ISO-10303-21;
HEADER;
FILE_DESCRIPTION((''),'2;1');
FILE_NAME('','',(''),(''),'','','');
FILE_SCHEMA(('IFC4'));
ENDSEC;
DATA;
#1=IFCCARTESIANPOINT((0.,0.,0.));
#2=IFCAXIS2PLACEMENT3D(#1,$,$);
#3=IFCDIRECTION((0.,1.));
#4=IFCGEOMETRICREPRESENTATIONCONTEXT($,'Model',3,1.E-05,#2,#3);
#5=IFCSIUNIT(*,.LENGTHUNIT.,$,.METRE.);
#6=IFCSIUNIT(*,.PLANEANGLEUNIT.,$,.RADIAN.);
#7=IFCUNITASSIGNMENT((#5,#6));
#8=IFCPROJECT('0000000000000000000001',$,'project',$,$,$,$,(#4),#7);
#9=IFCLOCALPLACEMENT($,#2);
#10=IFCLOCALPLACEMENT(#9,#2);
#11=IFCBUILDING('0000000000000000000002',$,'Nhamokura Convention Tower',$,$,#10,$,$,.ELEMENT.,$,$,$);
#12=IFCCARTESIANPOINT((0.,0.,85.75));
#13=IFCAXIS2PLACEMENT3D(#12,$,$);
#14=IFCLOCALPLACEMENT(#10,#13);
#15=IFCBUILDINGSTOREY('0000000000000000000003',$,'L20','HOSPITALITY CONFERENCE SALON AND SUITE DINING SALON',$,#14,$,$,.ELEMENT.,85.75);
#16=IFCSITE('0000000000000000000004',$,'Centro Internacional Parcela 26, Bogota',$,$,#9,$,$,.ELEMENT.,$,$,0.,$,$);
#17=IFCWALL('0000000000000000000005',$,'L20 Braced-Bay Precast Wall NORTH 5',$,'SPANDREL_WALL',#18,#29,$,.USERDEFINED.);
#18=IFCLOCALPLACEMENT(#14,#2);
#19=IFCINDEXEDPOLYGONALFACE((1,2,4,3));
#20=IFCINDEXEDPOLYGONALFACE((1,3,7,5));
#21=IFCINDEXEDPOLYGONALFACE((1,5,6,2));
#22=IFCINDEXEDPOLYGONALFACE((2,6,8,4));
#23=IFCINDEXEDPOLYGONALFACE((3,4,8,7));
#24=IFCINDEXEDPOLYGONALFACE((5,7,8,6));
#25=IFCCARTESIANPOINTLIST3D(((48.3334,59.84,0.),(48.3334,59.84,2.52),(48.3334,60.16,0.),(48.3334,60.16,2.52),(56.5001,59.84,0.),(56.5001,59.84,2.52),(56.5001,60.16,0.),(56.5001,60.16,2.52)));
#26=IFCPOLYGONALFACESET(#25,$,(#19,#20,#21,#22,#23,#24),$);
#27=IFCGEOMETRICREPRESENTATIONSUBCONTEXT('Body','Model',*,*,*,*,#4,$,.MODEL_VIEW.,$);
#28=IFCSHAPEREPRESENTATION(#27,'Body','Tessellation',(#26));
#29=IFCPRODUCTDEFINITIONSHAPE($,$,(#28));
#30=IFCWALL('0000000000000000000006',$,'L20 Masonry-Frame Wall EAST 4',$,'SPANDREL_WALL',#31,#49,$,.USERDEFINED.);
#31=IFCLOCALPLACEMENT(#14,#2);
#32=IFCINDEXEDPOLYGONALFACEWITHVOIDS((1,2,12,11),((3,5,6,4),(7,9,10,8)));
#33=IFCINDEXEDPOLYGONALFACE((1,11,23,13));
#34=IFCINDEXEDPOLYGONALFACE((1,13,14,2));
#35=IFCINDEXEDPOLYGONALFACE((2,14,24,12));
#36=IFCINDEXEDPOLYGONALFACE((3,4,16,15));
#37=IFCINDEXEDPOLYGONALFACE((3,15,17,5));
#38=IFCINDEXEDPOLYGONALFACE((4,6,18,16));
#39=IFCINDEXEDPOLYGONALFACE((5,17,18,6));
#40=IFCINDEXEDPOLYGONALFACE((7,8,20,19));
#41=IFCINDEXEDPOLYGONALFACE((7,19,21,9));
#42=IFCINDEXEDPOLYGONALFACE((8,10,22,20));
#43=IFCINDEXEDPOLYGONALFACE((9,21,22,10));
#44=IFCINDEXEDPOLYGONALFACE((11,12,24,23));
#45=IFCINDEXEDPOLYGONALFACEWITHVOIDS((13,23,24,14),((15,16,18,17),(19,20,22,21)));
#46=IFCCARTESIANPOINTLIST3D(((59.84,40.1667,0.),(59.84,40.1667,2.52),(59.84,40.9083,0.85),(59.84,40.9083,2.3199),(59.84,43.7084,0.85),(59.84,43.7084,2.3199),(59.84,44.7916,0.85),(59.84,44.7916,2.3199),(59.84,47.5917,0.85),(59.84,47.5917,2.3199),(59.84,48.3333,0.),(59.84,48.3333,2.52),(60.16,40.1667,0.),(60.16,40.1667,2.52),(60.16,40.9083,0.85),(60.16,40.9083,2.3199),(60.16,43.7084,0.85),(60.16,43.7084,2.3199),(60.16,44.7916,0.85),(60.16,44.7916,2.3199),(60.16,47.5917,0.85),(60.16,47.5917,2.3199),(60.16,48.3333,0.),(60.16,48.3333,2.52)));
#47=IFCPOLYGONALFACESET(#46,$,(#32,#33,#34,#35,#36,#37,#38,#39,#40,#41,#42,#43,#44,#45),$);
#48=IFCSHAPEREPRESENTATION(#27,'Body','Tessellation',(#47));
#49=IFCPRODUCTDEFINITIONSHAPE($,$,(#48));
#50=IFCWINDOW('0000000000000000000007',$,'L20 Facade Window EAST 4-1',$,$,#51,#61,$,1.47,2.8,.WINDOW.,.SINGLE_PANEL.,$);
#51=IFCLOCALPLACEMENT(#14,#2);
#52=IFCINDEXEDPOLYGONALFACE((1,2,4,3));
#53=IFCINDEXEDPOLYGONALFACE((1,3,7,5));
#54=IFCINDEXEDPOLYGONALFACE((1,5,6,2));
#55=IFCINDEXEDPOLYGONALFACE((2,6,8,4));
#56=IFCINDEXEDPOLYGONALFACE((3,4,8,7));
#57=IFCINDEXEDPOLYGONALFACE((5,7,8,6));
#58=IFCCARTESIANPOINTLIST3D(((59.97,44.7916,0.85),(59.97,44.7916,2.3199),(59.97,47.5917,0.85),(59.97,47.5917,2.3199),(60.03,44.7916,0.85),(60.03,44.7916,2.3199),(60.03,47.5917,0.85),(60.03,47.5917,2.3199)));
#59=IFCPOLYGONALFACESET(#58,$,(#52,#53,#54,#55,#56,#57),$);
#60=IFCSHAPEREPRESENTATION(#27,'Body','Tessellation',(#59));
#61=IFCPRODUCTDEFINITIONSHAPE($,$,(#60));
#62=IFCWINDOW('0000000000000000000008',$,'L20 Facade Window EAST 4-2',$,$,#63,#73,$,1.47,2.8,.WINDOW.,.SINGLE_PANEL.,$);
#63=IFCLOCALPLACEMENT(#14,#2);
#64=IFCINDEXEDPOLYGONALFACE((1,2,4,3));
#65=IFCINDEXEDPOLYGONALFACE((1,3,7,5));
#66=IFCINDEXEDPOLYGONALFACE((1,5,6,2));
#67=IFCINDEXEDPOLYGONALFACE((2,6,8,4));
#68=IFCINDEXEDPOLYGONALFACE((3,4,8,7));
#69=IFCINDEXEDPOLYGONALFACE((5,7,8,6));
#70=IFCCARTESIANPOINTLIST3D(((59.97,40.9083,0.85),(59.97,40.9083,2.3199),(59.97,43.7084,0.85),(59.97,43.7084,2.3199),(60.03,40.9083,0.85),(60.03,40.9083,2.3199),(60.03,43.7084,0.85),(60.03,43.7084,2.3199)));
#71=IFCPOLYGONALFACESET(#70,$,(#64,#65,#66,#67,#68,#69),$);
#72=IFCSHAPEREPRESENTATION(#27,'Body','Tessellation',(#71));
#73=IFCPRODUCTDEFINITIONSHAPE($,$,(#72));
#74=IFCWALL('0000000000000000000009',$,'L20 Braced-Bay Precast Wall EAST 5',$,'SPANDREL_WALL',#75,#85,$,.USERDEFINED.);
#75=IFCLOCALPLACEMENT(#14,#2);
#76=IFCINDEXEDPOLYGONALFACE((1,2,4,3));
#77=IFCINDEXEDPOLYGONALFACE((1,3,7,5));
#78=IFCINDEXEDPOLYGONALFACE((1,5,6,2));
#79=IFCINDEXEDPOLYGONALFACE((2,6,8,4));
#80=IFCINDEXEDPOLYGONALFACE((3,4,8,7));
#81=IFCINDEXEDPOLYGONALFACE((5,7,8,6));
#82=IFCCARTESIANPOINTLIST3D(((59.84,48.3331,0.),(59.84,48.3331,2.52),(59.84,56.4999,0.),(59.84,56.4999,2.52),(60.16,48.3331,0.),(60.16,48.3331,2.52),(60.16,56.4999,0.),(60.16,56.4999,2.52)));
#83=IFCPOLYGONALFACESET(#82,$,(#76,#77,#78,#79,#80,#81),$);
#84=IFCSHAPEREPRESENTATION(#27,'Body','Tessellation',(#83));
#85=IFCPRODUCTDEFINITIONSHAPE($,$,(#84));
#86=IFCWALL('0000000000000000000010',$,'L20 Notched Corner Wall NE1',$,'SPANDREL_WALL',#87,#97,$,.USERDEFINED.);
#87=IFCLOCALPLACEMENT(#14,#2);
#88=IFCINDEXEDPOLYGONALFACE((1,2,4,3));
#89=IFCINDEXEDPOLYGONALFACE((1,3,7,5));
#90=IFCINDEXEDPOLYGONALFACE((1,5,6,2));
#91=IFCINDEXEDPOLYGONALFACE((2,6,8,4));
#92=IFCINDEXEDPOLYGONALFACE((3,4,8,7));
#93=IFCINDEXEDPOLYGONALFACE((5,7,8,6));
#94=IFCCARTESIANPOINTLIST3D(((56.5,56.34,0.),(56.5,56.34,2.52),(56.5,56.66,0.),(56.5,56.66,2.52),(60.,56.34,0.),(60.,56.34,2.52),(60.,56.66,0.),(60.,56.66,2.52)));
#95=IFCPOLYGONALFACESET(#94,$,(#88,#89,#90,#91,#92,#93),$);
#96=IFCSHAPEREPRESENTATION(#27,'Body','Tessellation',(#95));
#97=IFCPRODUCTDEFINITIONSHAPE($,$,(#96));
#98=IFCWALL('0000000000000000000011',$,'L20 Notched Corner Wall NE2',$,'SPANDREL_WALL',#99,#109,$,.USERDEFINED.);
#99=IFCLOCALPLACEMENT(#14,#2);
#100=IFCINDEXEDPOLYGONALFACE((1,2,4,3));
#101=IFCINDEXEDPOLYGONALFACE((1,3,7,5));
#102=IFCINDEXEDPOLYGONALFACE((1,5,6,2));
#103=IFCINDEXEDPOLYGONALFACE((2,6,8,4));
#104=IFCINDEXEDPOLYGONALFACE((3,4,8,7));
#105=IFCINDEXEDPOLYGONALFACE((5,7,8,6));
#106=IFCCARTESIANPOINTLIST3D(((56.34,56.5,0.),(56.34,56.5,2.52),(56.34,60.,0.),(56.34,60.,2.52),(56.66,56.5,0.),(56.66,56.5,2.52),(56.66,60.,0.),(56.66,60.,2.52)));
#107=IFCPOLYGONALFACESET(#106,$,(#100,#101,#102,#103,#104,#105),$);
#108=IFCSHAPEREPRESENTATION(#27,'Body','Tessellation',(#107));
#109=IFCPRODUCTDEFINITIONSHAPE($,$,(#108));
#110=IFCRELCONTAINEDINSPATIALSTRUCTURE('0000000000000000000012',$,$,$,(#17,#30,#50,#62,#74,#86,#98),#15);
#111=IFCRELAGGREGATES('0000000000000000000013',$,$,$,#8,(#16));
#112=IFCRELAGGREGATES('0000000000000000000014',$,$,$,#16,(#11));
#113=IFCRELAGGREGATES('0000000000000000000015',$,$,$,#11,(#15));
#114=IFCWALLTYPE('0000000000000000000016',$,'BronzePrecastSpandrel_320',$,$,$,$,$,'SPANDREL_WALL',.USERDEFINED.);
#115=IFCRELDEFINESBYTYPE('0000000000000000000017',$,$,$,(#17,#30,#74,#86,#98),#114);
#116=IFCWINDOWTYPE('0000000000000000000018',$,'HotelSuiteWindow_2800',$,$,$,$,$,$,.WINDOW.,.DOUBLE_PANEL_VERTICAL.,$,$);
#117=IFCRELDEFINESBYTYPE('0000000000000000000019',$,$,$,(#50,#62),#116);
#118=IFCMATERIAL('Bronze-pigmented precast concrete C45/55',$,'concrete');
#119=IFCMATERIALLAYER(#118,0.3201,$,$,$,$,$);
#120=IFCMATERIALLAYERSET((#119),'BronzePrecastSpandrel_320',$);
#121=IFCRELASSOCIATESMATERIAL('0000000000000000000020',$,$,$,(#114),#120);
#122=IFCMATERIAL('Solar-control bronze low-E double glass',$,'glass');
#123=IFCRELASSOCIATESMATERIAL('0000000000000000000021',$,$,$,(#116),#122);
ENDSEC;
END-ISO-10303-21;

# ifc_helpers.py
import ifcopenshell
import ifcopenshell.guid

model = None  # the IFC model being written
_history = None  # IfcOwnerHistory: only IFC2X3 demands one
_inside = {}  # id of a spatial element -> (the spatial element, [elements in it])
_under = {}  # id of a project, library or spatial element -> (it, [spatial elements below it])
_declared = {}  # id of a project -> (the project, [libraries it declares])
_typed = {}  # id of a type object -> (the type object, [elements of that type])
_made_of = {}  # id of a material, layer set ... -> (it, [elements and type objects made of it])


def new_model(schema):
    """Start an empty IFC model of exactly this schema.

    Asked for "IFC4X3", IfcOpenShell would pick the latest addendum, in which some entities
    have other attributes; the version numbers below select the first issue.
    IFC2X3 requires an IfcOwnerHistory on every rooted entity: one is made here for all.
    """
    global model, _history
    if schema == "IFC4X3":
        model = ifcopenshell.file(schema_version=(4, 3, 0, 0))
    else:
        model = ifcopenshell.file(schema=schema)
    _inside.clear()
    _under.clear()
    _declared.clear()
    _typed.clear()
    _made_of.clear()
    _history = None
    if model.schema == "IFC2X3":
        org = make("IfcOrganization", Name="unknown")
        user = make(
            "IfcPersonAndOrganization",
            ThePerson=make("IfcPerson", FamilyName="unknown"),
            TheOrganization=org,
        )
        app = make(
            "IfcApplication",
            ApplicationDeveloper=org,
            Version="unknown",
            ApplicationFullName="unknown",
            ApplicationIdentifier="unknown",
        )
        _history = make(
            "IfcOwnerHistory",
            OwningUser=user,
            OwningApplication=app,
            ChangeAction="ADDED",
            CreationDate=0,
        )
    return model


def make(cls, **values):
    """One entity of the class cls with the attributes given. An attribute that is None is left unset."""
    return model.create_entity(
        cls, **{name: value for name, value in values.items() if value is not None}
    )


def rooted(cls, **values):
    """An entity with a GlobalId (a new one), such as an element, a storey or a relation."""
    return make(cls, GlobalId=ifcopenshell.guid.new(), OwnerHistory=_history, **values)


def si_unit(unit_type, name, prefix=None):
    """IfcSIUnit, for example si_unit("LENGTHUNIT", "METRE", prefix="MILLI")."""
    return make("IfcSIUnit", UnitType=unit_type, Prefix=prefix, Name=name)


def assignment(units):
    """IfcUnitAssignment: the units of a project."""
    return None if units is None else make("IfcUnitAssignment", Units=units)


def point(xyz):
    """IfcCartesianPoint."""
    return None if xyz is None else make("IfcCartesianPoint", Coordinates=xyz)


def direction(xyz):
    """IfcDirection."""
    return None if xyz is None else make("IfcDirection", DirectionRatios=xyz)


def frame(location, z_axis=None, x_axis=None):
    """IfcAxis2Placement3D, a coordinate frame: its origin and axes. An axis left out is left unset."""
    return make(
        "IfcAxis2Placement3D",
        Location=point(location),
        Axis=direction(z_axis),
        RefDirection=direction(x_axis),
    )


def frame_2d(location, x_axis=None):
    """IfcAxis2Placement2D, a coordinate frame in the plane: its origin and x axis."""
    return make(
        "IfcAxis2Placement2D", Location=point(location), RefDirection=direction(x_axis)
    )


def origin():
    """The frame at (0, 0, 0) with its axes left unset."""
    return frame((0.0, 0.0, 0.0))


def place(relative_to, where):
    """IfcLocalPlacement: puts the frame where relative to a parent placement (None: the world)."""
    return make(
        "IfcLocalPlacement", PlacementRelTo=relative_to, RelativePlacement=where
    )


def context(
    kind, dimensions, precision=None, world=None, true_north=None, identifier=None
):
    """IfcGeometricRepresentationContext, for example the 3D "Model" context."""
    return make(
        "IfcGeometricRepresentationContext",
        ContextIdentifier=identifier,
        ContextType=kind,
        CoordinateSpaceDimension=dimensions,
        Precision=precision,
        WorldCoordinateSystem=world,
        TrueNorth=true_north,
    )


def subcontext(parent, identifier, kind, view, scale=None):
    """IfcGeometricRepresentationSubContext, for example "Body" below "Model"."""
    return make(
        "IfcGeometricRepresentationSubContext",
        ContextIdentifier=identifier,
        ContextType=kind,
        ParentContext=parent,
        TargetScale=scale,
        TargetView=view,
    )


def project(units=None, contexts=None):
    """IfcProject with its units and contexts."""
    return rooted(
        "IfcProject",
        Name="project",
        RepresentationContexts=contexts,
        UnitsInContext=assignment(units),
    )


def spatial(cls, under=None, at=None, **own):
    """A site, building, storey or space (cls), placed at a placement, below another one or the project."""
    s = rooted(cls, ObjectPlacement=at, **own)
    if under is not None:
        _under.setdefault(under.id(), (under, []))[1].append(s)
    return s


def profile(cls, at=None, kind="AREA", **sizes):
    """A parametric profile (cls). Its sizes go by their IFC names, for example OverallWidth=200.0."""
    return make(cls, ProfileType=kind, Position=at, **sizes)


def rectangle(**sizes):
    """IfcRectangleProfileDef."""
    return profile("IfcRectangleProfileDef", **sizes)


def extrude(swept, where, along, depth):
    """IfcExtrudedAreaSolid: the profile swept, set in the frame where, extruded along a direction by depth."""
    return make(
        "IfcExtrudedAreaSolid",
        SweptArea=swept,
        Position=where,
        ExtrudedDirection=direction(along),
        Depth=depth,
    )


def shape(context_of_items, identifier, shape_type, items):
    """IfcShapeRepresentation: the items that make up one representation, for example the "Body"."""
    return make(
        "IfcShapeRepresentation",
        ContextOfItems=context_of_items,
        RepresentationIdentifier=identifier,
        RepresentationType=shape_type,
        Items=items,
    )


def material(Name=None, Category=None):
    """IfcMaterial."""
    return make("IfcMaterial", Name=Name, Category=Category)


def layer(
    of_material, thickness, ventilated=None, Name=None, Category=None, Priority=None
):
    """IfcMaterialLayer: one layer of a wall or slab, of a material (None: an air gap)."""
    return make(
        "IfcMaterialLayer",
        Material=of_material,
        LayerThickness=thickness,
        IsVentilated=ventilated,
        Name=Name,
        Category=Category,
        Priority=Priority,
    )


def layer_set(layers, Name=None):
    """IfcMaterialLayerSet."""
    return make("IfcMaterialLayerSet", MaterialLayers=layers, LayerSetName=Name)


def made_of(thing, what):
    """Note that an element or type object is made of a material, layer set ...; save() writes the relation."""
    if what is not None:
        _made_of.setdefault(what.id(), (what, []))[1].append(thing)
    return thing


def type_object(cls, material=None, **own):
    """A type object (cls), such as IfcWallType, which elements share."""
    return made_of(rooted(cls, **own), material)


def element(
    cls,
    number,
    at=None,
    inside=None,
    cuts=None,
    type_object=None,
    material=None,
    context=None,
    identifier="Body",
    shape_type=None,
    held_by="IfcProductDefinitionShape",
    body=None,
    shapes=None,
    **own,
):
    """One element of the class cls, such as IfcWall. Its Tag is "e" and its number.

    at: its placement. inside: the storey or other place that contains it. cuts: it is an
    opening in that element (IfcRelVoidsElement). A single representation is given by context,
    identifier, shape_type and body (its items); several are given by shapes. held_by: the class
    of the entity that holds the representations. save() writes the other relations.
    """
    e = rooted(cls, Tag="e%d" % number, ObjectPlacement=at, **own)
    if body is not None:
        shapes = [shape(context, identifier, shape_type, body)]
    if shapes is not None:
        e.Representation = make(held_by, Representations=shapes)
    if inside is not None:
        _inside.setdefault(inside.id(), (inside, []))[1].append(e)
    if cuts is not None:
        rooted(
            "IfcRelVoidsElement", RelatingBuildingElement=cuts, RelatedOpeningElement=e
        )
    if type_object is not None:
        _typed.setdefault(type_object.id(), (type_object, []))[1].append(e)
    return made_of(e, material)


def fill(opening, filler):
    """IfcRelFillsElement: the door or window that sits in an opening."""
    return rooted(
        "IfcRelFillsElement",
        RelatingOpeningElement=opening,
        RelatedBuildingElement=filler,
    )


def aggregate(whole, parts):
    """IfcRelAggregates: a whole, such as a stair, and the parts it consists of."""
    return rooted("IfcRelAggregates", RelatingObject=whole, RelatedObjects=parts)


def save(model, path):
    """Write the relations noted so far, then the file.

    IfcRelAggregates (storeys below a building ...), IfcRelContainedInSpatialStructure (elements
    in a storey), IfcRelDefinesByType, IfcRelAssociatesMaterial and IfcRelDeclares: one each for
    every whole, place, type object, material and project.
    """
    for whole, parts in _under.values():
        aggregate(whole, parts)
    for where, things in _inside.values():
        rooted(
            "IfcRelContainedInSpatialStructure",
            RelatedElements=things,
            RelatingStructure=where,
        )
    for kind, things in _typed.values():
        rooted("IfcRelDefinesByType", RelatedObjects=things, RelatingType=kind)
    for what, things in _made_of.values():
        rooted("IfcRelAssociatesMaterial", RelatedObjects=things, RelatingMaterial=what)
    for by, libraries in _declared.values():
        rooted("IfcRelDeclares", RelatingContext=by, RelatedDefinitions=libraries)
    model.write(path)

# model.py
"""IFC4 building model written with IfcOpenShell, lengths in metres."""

from ifc_helpers import new_model, si_unit, direction, frame, frame_2d, origin, place, context, subcontext, project, spatial, rectangle, extrude, material, layer, layer_set, type_object, element, fill, save


model = new_model("IFC4")

# Units and contexts
model_context = context("Model", 3, precision=1e-05, world=origin(), true_north=direction((0.0, 1.0)))
body_context = subcontext(model_context, "Body", "Model", "MODEL_VIEW")
ifc_project = project(units=[si_unit("LENGTHUNIT", "METRE"), si_unit("PLANEANGLEUNIT", "RADIAN")], contexts=[model_context])

# Site, building, storey
site_placement = place(None, origin())
site = spatial("IfcSite", under=ifc_project, at=site_placement, Name="Centro Internacional Parcela 26, Bogota", CompositionType="ELEMENT", RefElevation=0.0)
building_placement = place(site_placement, origin())
building = spatial("IfcBuilding", under=site, at=building_placement, Name="Nhamokura Convention Tower", CompositionType="ELEMENT")
storey_placement = place(building_placement, frame((0.0, 0.0, 85.75)))
storey = spatial("IfcBuildingStorey", under=building, at=storey_placement, Name="L20", Description="HOSPITALITY CONFERENCE SALON AND SUITE DINING SALON", CompositionType="ELEMENT", Elevation=85.75)

# Shared definitions
ifc_material_1 = material(Name="Bronze-pigmented precast concrete C45/55", Category="concrete")
ifc_layer = layer(ifc_material_1, 0.3201)
ifc_layer_set = layer_set([ifc_layer], Name="BronzePrecastSpandrel_320")
wall_type = type_object("IfcWallType", Name="BronzePrecastSpandrel_320", ElementType="SPANDREL_WALL", PredefinedType="USERDEFINED", material=ifc_layer_set)
ifc_material_2 = material(Name="Solar-control bronze low-E double glass", Category="glass")
window_type = type_object("IfcWindowType", Name="HotelSuiteWindow_2800", PartitioningType="DOUBLE_PANEL_VERTICAL", PredefinedType="WINDOW", material=ifc_material_2)

# Wall
wall_1_placement = place(storey_placement, frame((48.3333, 60.0, 0.0), z_axis=(0.0, 0.0, 1.0), x_axis=(1.0, 0.0, 0.0)))
element("IfcWall", 1, at=wall_1_placement, inside=storey, type_object=wall_type, Name="L20 Braced-Bay Precast Wall NORTH 5", ObjectType="SPANDREL_WALL", PredefinedType="USERDEFINED", context=body_context, shape_type="SweptSolid", body=[
    extrude(rectangle(XDim=8.1667, YDim=0.3201, at=frame_2d((4.0835, 0.0))), origin(), (0.0, 0.0, 1.0), 2.52),
])

# Wall, openings, windows
wall_2_placement = place(storey_placement, frame((60.0, 48.3333, 0.0), z_axis=(0.0, 0.0, 1.0), x_axis=(0.0, -1.0, 0.0)))
wall_2 = element("IfcWall", 2, at=wall_2_placement, inside=storey, type_object=wall_type, Name="L20 Masonry-Frame Wall EAST 4", ObjectType="SPANDREL_WALL", PredefinedType="USERDEFINED", context=body_context, shape_type="SweptSolid", body=[
    extrude(rectangle(XDim=8.1665, YDim=0.3201, at=frame_2d((4.0833, 0.0))), origin(), (0.0, 0.0, 1.0), 2.52),
])
opening_1_placement = place(wall_2_placement, frame((0.7417, 0.0, 0.8501)))
opening_1 = element("IfcOpeningElement", 3, at=opening_1_placement, cuts=wall_2, PredefinedType="OPENING", context=body_context, shape_type="SweptSolid", body=[
    extrude(rectangle(XDim=2.8, YDim=1.47, at=frame_2d((1.3999, 0.7349))), frame((0.0, 0.1699, 0.0), z_axis=(0.0, -1.0, 0.0), x_axis=(1.0, 0.0, 0.0)), (0.0, 0.0, 1.0), 0.3401),
])
opening_2_placement = place(wall_2_placement, frame((4.625, 0.0, 0.8501)))
opening_2 = element("IfcOpeningElement", 4, at=opening_2_placement, cuts=wall_2, PredefinedType="OPENING", context=body_context, shape_type="SweptSolid", body=[
    extrude(rectangle(XDim=2.8, YDim=1.47, at=frame_2d((1.3999, 0.7349))), frame((0.0, 0.1699, 0.0), z_axis=(0.0, -1.0, 0.0), x_axis=(1.0, 0.0, 0.0)), (0.0, 0.0, 1.0), 0.3401),
])
window_1_placement = place(opening_1_placement, origin())
window_1 = element("IfcWindow", 5, at=window_1_placement, inside=storey, type_object=window_type, Name="L20 Facade Window EAST 4-1", OverallHeight=1.47, OverallWidth=2.8, PartitioningType="SINGLE_PANEL", PredefinedType="WINDOW", context=body_context, shape_type="SweptSolid", body=[
    extrude(rectangle(XDim=2.8, YDim=1.47, at=frame_2d((1.3999, 0.7349))), frame((0.0, 0.03, 0.0), z_axis=(0.0, -1.0, 0.0), x_axis=(1.0, 0.0, 0.0)), (0.0, 0.0, 1.0), 0.0601),
])
fill(opening_1, window_1)
window_2_placement = place(opening_2_placement, origin())
window_2 = element("IfcWindow", 6, at=window_2_placement, inside=storey, type_object=window_type, Name="L20 Facade Window EAST 4-2", OverallHeight=1.47, OverallWidth=2.8, PartitioningType="SINGLE_PANEL", PredefinedType="WINDOW", context=body_context, shape_type="SweptSolid", body=[
    extrude(rectangle(XDim=2.8, YDim=1.47, at=frame_2d((1.3999, 0.7349))), frame((0.0, 0.03, 0.0), z_axis=(0.0, -1.0, 0.0), x_axis=(1.0, 0.0, 0.0)), (0.0, 0.0, 1.0), 0.0601),
])
fill(opening_2, window_2)

# Walls
wall_3_placement = place(storey_placement, frame((60.0, 56.5, 0.0), z_axis=(0.0, 0.0, 1.0), x_axis=(0.0, -1.0, 0.0)))
element("IfcWall", 7, at=wall_3_placement, inside=storey, type_object=wall_type, Name="L20 Braced-Bay Precast Wall EAST 5", ObjectType="SPANDREL_WALL", PredefinedType="USERDEFINED", context=body_context, shape_type="SweptSolid", body=[
    extrude(rectangle(XDim=8.1667, YDim=0.3201, at=frame_2d((4.0835, 0.0))), origin(), (0.0, 0.0, 1.0), 2.52),
])
for number, where, z_axis, x_axis, name in (
    (8, (56.5, 56.5, 0.0), (0.0, 0.0, 1.0), (1.0, 0.0, 0.0), "L20 Notched Corner Wall NE1"),
    (9, (56.5, 60.0, 0.0), (0.0, 0.0, 1.0), (0.0, -1.0, 0.0), "L20 Notched Corner Wall NE2"),
):
    element("IfcWall", number, at=place(storey_placement, frame(where, z_axis=z_axis, x_axis=x_axis)), inside=storey, type_object=wall_type, Name=name, ObjectType="SPANDREL_WALL", PredefinedType="USERDEFINED", context=body_context, shape_type="SweptSolid", body=[
        extrude(rectangle(XDim=3.5, YDim=0.3201, at=frame_2d((1.75, 0.0))), origin(), (0.0, 0.0, 1.0), 2.52),
    ])

save(model, "model.ifc")
